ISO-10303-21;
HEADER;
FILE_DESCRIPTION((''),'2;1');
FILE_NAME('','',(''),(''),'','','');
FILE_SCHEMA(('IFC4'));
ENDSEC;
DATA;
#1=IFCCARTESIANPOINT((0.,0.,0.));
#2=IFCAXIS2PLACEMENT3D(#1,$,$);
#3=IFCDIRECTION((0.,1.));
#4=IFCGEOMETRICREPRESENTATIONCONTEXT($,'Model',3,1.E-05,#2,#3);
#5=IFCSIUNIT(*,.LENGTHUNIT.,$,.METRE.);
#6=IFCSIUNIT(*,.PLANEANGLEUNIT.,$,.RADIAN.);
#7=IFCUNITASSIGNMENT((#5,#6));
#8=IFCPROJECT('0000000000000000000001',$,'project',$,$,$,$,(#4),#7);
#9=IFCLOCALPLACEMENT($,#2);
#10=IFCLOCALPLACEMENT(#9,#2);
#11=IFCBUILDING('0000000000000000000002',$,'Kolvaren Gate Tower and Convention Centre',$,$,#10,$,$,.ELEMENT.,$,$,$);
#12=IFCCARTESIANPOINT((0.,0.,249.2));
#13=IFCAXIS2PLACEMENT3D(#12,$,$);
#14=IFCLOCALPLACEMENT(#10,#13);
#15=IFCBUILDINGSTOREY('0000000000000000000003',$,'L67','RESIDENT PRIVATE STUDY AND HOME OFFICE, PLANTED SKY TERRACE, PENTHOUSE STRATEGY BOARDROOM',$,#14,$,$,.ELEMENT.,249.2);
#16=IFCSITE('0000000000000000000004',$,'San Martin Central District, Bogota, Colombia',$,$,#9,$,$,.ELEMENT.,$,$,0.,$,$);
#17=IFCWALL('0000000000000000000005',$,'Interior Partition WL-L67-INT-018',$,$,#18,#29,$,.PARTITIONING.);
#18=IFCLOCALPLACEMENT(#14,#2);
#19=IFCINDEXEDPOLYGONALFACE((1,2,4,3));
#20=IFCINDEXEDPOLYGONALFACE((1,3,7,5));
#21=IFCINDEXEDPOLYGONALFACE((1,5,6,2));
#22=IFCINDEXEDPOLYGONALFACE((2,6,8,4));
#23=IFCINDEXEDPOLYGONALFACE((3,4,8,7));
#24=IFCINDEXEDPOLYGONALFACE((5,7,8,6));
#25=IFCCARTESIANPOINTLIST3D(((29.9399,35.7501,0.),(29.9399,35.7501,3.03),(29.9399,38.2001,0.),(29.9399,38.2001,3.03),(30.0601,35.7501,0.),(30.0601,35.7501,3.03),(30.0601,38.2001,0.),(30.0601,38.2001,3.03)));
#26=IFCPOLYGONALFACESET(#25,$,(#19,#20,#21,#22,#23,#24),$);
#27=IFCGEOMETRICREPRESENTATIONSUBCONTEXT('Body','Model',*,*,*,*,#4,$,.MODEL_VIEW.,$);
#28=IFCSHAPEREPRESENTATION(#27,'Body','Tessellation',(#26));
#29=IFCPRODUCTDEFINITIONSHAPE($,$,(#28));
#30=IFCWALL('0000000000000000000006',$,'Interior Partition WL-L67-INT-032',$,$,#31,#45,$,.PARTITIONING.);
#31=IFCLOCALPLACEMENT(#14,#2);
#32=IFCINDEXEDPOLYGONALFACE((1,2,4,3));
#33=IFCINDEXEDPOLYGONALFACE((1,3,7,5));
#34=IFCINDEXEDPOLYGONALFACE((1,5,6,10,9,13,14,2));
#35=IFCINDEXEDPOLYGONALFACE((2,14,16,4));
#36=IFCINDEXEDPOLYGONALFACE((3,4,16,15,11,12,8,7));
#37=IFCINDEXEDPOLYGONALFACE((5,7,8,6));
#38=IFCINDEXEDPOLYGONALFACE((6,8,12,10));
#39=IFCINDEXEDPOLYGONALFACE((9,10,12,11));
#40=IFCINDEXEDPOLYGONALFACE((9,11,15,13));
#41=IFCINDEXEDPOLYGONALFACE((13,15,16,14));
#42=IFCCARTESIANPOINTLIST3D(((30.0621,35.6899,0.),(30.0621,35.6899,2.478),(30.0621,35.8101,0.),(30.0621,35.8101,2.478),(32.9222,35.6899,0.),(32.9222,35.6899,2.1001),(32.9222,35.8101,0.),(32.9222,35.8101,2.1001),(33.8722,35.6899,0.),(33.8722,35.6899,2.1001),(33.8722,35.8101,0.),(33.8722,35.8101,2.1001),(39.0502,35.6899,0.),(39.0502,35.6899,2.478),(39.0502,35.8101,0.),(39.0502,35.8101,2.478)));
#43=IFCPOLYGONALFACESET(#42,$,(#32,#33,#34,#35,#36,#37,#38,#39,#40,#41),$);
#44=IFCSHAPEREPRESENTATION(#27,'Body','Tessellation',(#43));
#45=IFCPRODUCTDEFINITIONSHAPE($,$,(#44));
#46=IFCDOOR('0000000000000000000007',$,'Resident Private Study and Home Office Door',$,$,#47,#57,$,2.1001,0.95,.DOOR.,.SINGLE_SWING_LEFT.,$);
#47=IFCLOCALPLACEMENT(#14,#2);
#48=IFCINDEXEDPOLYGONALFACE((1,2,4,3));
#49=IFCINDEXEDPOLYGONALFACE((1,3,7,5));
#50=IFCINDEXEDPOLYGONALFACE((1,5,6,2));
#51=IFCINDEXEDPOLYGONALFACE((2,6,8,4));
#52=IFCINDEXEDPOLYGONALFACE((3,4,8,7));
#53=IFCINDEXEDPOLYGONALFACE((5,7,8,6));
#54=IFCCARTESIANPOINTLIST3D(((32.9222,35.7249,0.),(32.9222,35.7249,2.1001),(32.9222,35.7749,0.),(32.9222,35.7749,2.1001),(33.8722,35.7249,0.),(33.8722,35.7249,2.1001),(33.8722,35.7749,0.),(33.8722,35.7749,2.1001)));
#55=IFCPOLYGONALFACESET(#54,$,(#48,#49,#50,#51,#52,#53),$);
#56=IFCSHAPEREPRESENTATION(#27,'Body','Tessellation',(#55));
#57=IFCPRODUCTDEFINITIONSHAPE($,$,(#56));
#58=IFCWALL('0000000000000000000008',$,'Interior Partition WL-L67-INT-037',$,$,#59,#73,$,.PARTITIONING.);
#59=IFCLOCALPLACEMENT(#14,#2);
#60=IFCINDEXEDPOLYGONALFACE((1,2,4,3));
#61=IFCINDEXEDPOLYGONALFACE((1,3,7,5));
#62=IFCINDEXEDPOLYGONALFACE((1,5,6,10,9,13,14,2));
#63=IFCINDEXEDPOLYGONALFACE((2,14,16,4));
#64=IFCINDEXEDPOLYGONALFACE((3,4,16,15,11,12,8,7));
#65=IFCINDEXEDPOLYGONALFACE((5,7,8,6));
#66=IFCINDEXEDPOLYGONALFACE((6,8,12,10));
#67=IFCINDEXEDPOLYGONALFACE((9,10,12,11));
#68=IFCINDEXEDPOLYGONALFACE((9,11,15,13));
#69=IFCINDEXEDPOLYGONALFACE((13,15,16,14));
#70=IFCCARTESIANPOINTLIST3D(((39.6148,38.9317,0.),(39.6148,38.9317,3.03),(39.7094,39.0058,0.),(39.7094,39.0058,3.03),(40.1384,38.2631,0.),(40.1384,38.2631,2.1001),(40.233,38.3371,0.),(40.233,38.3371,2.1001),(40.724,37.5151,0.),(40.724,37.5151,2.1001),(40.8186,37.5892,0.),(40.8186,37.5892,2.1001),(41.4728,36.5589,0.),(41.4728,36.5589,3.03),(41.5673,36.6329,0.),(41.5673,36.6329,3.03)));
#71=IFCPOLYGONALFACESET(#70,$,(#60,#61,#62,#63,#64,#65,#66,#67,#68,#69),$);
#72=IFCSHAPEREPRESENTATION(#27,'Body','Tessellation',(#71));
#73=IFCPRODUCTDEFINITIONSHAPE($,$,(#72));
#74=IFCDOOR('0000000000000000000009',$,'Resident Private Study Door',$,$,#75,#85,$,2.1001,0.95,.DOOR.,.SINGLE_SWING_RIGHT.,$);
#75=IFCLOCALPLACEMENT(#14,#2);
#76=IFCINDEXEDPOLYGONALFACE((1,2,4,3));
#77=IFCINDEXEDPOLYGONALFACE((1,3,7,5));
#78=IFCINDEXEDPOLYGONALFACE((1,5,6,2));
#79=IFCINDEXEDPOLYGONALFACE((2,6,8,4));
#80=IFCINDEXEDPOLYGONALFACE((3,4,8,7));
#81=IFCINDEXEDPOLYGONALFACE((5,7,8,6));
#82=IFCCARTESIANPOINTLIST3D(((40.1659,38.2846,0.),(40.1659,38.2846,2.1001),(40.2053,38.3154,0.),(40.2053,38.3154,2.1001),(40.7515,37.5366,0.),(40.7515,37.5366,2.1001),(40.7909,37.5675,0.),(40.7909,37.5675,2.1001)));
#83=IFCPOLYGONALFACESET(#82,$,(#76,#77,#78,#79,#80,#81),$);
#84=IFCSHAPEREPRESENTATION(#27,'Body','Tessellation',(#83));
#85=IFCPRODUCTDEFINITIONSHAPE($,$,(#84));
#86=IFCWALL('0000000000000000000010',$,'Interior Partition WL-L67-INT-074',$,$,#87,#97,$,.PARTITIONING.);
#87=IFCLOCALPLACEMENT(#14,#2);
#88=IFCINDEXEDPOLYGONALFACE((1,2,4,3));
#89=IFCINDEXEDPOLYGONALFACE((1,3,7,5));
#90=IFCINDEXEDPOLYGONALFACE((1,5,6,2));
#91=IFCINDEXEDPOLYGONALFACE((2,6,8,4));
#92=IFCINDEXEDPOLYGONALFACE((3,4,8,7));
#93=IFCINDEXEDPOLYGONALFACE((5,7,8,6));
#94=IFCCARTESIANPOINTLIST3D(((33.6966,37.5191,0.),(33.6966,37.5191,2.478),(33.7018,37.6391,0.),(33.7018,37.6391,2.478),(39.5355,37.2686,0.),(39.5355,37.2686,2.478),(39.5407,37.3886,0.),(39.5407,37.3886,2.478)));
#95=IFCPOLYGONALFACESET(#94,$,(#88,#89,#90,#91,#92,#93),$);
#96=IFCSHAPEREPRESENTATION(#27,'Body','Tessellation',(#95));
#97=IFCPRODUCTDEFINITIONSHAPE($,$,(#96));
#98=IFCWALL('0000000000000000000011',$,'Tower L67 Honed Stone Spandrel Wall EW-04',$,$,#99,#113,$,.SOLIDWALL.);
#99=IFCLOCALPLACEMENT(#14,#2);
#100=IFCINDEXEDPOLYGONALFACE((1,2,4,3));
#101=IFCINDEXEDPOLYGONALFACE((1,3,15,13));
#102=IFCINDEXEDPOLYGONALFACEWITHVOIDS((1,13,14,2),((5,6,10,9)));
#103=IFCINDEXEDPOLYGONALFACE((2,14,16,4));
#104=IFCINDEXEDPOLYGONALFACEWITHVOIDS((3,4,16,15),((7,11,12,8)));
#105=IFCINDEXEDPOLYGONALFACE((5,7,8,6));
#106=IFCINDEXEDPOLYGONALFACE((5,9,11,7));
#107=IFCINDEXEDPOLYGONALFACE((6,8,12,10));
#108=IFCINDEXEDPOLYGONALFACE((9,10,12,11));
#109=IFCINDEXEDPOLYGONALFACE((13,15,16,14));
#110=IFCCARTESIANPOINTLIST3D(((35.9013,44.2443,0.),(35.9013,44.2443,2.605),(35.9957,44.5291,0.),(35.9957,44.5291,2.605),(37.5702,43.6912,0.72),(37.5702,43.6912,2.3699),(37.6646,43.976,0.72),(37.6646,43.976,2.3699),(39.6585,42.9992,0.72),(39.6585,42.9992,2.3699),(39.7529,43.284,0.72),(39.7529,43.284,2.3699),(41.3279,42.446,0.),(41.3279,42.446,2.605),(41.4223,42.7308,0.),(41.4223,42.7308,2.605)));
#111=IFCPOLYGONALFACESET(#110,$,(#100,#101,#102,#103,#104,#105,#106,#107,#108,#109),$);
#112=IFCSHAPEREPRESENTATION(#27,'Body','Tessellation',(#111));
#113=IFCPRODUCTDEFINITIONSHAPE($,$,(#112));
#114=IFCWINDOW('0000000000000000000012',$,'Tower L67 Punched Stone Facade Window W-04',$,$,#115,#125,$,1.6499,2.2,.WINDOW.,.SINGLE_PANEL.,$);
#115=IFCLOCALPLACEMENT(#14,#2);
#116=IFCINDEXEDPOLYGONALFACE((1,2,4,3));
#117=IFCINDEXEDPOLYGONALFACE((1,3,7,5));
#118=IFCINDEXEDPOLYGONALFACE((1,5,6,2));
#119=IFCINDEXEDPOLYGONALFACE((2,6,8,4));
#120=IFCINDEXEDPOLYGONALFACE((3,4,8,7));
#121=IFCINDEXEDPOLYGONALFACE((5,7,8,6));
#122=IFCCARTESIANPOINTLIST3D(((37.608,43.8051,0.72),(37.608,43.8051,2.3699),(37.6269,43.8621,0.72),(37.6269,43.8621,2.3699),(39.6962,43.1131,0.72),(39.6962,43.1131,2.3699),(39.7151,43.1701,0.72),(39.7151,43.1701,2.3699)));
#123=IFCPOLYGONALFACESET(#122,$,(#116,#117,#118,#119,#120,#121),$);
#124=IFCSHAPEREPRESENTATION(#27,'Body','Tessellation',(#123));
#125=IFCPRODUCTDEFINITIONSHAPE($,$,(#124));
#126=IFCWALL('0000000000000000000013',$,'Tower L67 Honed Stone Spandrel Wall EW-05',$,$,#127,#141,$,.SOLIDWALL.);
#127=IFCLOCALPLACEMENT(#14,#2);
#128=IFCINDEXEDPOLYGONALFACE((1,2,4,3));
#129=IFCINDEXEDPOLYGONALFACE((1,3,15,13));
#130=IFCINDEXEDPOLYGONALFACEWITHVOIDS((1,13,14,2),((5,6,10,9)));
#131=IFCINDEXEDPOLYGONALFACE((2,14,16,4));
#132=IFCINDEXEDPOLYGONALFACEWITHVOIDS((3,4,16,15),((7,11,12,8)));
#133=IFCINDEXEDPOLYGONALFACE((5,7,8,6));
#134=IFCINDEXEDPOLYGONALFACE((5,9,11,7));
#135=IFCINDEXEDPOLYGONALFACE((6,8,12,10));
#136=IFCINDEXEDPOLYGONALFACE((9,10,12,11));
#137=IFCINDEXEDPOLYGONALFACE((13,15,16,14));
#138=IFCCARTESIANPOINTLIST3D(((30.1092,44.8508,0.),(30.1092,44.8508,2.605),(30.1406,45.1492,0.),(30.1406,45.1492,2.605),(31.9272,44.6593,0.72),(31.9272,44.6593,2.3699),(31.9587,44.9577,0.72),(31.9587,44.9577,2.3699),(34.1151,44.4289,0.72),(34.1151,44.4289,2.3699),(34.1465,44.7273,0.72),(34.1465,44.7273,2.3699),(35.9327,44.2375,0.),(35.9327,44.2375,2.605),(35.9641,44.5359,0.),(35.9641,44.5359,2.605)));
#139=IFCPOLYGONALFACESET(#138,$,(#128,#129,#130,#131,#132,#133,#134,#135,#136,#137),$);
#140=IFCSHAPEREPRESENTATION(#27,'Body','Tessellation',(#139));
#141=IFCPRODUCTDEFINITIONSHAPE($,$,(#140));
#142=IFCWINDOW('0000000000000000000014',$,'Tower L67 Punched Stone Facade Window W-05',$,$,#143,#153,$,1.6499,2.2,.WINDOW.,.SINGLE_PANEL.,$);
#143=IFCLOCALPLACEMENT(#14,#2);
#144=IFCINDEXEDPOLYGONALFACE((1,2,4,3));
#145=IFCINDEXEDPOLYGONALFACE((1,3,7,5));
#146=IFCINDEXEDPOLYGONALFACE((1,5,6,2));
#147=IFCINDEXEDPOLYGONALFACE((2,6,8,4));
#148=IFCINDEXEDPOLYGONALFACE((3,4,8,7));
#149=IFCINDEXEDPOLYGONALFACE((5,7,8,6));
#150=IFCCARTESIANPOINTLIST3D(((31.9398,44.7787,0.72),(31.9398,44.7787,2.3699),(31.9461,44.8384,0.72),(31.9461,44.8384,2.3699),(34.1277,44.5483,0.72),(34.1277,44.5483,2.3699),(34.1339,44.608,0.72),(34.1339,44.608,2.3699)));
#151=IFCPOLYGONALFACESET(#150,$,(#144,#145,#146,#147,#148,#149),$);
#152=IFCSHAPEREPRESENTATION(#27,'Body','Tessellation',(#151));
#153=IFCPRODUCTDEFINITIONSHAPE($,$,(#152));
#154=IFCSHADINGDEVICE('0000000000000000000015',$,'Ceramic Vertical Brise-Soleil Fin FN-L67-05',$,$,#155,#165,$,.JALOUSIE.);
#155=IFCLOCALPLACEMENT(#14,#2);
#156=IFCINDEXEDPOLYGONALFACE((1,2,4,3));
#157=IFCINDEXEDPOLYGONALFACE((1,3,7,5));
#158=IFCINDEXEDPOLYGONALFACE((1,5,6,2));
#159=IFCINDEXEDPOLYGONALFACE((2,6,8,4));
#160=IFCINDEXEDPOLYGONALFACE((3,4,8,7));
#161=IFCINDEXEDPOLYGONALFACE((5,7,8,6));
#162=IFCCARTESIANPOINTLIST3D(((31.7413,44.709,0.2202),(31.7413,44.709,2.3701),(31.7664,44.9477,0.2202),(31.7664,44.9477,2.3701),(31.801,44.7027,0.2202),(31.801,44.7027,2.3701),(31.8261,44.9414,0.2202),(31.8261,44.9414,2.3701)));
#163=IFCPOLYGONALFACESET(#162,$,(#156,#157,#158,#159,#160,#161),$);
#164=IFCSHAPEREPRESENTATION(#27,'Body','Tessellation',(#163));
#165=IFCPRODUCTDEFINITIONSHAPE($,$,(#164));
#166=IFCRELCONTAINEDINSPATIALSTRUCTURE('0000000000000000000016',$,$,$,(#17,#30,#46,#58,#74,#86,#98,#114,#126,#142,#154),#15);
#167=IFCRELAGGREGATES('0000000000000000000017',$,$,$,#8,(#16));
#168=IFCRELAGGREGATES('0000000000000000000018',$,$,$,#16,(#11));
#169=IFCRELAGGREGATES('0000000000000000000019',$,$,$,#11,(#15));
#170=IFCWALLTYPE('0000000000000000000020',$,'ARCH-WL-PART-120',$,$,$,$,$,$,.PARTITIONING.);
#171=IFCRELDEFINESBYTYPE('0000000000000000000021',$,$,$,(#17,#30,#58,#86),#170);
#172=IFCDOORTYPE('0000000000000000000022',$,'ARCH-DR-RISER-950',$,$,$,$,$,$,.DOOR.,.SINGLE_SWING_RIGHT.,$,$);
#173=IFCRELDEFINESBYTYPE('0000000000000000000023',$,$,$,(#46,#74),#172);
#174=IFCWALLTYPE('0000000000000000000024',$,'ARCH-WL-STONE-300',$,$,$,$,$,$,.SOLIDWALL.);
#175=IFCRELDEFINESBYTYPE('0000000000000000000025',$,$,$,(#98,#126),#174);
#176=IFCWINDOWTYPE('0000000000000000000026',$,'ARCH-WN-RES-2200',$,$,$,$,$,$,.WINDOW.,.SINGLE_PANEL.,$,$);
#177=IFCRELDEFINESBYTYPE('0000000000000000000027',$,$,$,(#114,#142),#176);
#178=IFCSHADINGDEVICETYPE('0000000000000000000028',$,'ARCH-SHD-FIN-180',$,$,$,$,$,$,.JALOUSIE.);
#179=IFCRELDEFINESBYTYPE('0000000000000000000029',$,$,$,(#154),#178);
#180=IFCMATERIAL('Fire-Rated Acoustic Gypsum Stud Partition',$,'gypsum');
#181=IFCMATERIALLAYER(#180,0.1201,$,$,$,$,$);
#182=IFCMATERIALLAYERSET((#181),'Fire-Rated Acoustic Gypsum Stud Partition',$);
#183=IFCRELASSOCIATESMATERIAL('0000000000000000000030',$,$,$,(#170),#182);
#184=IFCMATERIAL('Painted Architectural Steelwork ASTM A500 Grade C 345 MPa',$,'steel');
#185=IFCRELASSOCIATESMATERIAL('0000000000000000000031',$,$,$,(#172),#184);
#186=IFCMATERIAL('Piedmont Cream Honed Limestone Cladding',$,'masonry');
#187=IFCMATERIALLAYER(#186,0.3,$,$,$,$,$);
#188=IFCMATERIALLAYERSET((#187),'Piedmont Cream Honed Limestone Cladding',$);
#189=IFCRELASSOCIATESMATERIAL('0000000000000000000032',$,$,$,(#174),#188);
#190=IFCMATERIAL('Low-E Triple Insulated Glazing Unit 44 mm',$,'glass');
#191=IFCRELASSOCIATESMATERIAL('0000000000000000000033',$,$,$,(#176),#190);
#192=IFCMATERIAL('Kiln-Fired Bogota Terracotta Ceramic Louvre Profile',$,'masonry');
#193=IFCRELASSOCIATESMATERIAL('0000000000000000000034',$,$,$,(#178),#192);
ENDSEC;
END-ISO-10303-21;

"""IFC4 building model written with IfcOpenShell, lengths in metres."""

from ifc_helpers import new_model, si_unit, direction, frame, frame_2d, origin, origin_2d, place, context, subcontext, project, spatial, rectangle, extrude, material, layer, layer_set, type_object, element, fill, save


model = new_model("IFC4")

# Units and contexts
model_context = context("Model", 3, precision=1e-05, world=origin(), true_north=direction((0.0, 1.0)))
body_context = subcontext(model_context, "Body", "Model", "MODEL_VIEW")
ifc_project = project(units=[si_unit("LENGTHUNIT", "METRE"), si_unit("PLANEANGLEUNIT", "RADIAN")], contexts=[model_context])

# Site, building, storey
site_placement = place(None, origin())
site = spatial("IfcSite", under=ifc_project, at=site_placement, Name="San Martin Central District, Bogota, Colombia", CompositionType="ELEMENT", RefElevation=0.0)
building_placement = place(site_placement, origin())
building = spatial("IfcBuilding", under=site, at=building_placement, Name="Kolvaren Gate Tower and Convention Centre", CompositionType="ELEMENT")
storey_placement = place(building_placement, frame((0.0, 0.0, 249.2)))
storey = spatial("IfcBuildingStorey", under=building, at=storey_placement, Name="L67", Description="RESIDENT PRIVATE STUDY AND HOME OFFICE, PLANTED SKY TERRACE, PENTHOUSE STRATEGY BOARDROOM", CompositionType="ELEMENT", Elevation=249.2)

# Wall
ifc_material_1 = material(Name="Fire-Rated Acoustic Gypsum Stud Partition", Category="gypsum")
ifc_layer_1 = layer(ifc_material_1, 0.1201)
ifc_layer_set_1 = layer_set([ifc_layer_1], Name="Fire-Rated Acoustic Gypsum Stud Partition")
wall_type_1 = type_object("IfcWallType", Name="ARCH-WL-PART-120", PredefinedType="PARTITIONING", material=ifc_layer_set_1)
wall_1_placement = place(storey_placement, frame((30.0, 35.75, 0.0), z_axis=(0.0, 0.0, 1.0), x_axis=(0.0, 1.0, 0.0)))
element("IfcWall", 1, at=wall_1_placement, inside=storey, type_object=wall_type_1, Name="Interior Partition WL-L67-INT-018", PredefinedType="PARTITIONING", context=body_context, shape_type="SweptSolid", body=[
    extrude(rectangle(XDim=2.45, YDim=0.1201, at=frame_2d((1.2251, 0.0))), origin(), (0.0, 0.0, 1.0), 3.03),
])

# Walls, openings, doors
wall_2_placement = place(storey_placement, frame((30.062, 35.75, 0.0), z_axis=(0.0, 0.0, 1.0), x_axis=(1.0, 0.0, 0.0)))
wall_2 = element("IfcWall", 2, at=wall_2_placement, inside=storey, type_object=wall_type_1, Name="Interior Partition WL-L67-INT-032", PredefinedType="PARTITIONING", context=body_context, shape_type="SweptSolid", body=[
    extrude(rectangle(XDim=8.988, YDim=0.1201, at=frame_2d((4.4941, 0.0))), origin(), (0.0, 0.0, 1.0), 2.478),
])
opening_1_placement = place(wall_2_placement, frame((2.8601, 0.0, 0.0)))
opening_1 = element("IfcOpeningElement", 3, at=opening_1_placement, cuts=wall_2, PredefinedType="OPENING", context=body_context, shape_type="SweptSolid", body=[
    extrude(rectangle(XDim=0.95, YDim=2.1001, at=frame_2d((0.4751, 1.05))), frame((0.0, 0.0701, 0.0), z_axis=(0.0, -1.0, 0.0), x_axis=(1.0, 0.0, 0.0)), (0.0, 0.0, 1.0), 0.1401),
])
ifc_material_2 = material(Name="Painted Architectural Steelwork ASTM A500 Grade C 345 MPa", Category="steel")
door_type = type_object("IfcDoorType", Name="ARCH-DR-RISER-950", OperationType="SINGLE_SWING_RIGHT", PredefinedType="DOOR", material=ifc_material_2)
door_1_placement = place(opening_1_placement, origin())
door_1 = element("IfcDoor", 4, at=door_1_placement, inside=storey, type_object=door_type, Name="Resident Private Study and Home Office Door", OperationType="SINGLE_SWING_LEFT", OverallHeight=2.1001, OverallWidth=0.95, PredefinedType="DOOR", context=body_context, shape_type="SweptSolid", body=[
    extrude(rectangle(XDim=0.95, YDim=2.1001, at=frame_2d((0.4751, 1.05))), frame((0.0, 0.0249, 0.0), z_axis=(0.0, -1.0, 0.0), x_axis=(1.0, 0.0, 0.0)), (0.0, 0.0, 1.0), 0.05),
])
fill(opening_1, door_1)
wall_3_placement = place(storey_placement, frame((39.6621, 38.9688, 0.0), z_axis=(0.0, 0.0, 1.0), x_axis=(0.6165, -0.787355, 0.0)))
wall_3 = element("IfcWall", 5, at=wall_3_placement, inside=storey, type_object=wall_type_1, Name="Interior Partition WL-L67-INT-037", PredefinedType="PARTITIONING", context=body_context, shape_type="SweptSolid", body=[
    extrude(rectangle(XDim=3.0137, YDim=0.1201, at=frame_2d((1.5068, 0.0))), origin(), (0.0, 0.0, 1.0), 3.03),
])
opening_2_placement = place(wall_3_placement, frame((0.8491, 0.0, 0.0)))
opening_2 = element("IfcOpeningElement", 6, at=opening_2_placement, cuts=wall_3, PredefinedType="OPENING", context=body_context, shape_type="SweptSolid", body=[
    extrude(rectangle(XDim=0.95, YDim=2.1001, at=frame_2d((0.4751, 1.05))), frame((0.0, 0.0701, 0.0), z_axis=(0.0, -1.0, 0.0), x_axis=(1.0, 0.0, 0.0)), (0.0, 0.0, 1.0), 0.1401),
])
door_2_placement = place(opening_2_placement, origin())
door_2 = element("IfcDoor", 7, at=door_2_placement, inside=storey, type_object=door_type, Name="Resident Private Study Door", OperationType="SINGLE_SWING_RIGHT", OverallHeight=2.1001, OverallWidth=0.95, PredefinedType="DOOR", context=body_context, shape_type="SweptSolid", body=[
    extrude(rectangle(XDim=0.95, YDim=2.1001, at=frame_2d((0.4751, 1.05))), frame((0.0, 0.0249, 0.0), z_axis=(0.0, -1.0, 0.0), x_axis=(1.0, 0.0, 0.0)), (0.0, 0.0, 1.0), 0.05),
])
fill(opening_2, door_2)

# Wall
wall_4_placement = place(storey_placement, frame((33.6992, 37.5791, 0.0), z_axis=(0.0, 0.0, 1.0), x_axis=(0.999081, -0.042861, 0.0)))
element("IfcWall", 8, at=wall_4_placement, inside=storey, type_object=wall_type_1, Name="Interior Partition WL-L67-INT-074", PredefinedType="PARTITIONING", context=body_context, shape_type="SweptSolid", body=[
    extrude(rectangle(XDim=5.8442, YDim=0.1201, at=frame_2d((2.9221, 0.0))), origin(), (0.0, 0.0, 1.0), 2.478),
])

# Walls, openings, windows
ifc_material_3 = material(Name="Piedmont Cream Honed Limestone Cladding", Category="masonry")
ifc_layer_2 = layer(ifc_material_3, 0.3)
ifc_layer_set_2 = layer_set([ifc_layer_2], Name="Piedmont Cream Honed Limestone Cladding")
wall_type_2 = type_object("IfcWallType", Name="ARCH-WL-STONE-300", PredefinedType="SOLIDWALL", material=ifc_layer_set_2)
wall_5_placement = place(storey_placement, frame((35.9485, 44.3867, 0.0), z_axis=(0.0, 0.0, 1.0), x_axis=(0.949233, -0.314575, 0.0)))
wall_5 = element("IfcWall", 9, at=wall_5_placement, inside=storey, type_object=wall_type_2, Name="Tower L67 Honed Stone Spandrel Wall EW-04", PredefinedType="SOLIDWALL", context=body_context, shape_type="SweptSolid", body=[
    extrude(rectangle(XDim=5.7168, YDim=0.3, at=frame_2d((2.8584, 0.0))), origin(), (0.0, 0.0, 1.0), 2.605),
])
opening_3_placement = place(wall_5_placement, frame((1.7581, 0.0, 0.72)))
opening_3 = element("IfcOpeningElement", 10, at=opening_3_placement, cuts=wall_5, PredefinedType="OPENING", context=body_context, shape_type="SweptSolid", body=[
    extrude(rectangle(XDim=2.2, YDim=1.6499, at=frame_2d((1.1001, 0.825))), frame((0.0, 0.1599, 0.0), z_axis=(0.0, -1.0, 0.0), x_axis=(1.0, 0.0, 0.0)), (0.0, 0.0, 1.0), 0.3201),
])
ifc_material_4 = material(Name="Low-E Triple Insulated Glazing Unit 44 mm", Category="glass")
window_type = type_object("IfcWindowType", Name="ARCH-WN-RES-2200", PartitioningType="SINGLE_PANEL", PredefinedType="WINDOW", material=ifc_material_4)
window_1_placement = place(opening_3_placement, origin())
window_1 = element("IfcWindow", 11, at=window_1_placement, inside=storey, type_object=window_type, Name="Tower L67 Punched Stone Facade Window W-04", OverallHeight=1.6499, OverallWidth=2.2, PartitioningType="SINGLE_PANEL", PredefinedType="WINDOW", context=body_context, shape_type="SweptSolid", body=[
    extrude(rectangle(XDim=2.2, YDim=1.6499, at=frame_2d((1.1001, 0.825))), frame((0.0, 0.03, 0.0), z_axis=(0.0, -1.0, 0.0), x_axis=(1.0, 0.0, 0.0)), (0.0, 0.0, 1.0), 0.0601),
])
fill(opening_3, window_1)
wall_6_placement = place(storey_placement, frame((30.125, 45.0, 0.0), z_axis=(0.0, 0.0, 1.0), x_axis=(0.9945, -0.104733, 0.0)))
wall_6 = element("IfcWall", 12, at=wall_6_placement, inside=storey, type_object=wall_type_2, Name="Tower L67 Honed Stone Spandrel Wall EW-05", PredefinedType="SOLIDWALL", context=body_context, shape_type="SweptSolid", body=[
    extrude(rectangle(XDim=5.8557, YDim=0.3, at=frame_2d((2.9277, 0.0))), origin(), (0.0, 0.0, 1.0), 2.605),
])
opening_4_placement = place(wall_6_placement, frame((1.8279, 0.0, 0.72)))
opening_4 = element("IfcOpeningElement", 13, at=opening_4_placement, cuts=wall_6, PredefinedType="OPENING", context=body_context, shape_type="SweptSolid", body=[
    extrude(rectangle(XDim=2.2, YDim=1.6499, at=frame_2d((1.1001, 0.825))), frame((0.0, 0.1599, 0.0), z_axis=(0.0, -1.0, 0.0), x_axis=(1.0, 0.0, 0.0)), (0.0, 0.0, 1.0), 0.3201),
])
window_2_placement = place(opening_4_placement, origin())
window_2 = element("IfcWindow", 14, at=window_2_placement, inside=storey, type_object=window_type, Name="Tower L67 Punched Stone Facade Window W-05", OverallHeight=1.6499, OverallWidth=2.2, PartitioningType="SINGLE_PANEL", PredefinedType="WINDOW", context=body_context, shape_type="SweptSolid", body=[
    extrude(rectangle(XDim=2.2, YDim=1.6499, at=frame_2d((1.1001, 0.825))), frame((0.0, 0.03, 0.0), z_axis=(0.0, -1.0, 0.0), x_axis=(1.0, 0.0, 0.0)), (0.0, 0.0, 1.0), 0.0601),
])
fill(opening_4, window_2)

# Shading device
ifc_material_5 = material(Name="Kiln-Fired Bogota Terracotta Ceramic Louvre Profile", Category="masonry")
shading_device_type = type_object("IfcShadingDeviceType", Name="ARCH-SHD-FIN-180", PredefinedType="JALOUSIE", material=ifc_material_5)
shading_device_placement = place(storey_placement, frame((31.7837, 44.8252, 0.2202), z_axis=(0.0, 0.0, 1.0), x_axis=(0.9945, -0.104737, 0.0)))
element("IfcShadingDevice", 15, at=shading_device_placement, inside=storey, type_object=shading_device_type, Name="Ceramic Vertical Brise-Soleil Fin FN-L67-05", PredefinedType="JALOUSIE", context=body_context, shape_type="SweptSolid", body=[
    extrude(rectangle(XDim=0.0601, YDim=0.24, at=origin_2d()), origin(), (0.0, 0.0, 1.0), 2.1499),
])

save(model, "model.ifc")
